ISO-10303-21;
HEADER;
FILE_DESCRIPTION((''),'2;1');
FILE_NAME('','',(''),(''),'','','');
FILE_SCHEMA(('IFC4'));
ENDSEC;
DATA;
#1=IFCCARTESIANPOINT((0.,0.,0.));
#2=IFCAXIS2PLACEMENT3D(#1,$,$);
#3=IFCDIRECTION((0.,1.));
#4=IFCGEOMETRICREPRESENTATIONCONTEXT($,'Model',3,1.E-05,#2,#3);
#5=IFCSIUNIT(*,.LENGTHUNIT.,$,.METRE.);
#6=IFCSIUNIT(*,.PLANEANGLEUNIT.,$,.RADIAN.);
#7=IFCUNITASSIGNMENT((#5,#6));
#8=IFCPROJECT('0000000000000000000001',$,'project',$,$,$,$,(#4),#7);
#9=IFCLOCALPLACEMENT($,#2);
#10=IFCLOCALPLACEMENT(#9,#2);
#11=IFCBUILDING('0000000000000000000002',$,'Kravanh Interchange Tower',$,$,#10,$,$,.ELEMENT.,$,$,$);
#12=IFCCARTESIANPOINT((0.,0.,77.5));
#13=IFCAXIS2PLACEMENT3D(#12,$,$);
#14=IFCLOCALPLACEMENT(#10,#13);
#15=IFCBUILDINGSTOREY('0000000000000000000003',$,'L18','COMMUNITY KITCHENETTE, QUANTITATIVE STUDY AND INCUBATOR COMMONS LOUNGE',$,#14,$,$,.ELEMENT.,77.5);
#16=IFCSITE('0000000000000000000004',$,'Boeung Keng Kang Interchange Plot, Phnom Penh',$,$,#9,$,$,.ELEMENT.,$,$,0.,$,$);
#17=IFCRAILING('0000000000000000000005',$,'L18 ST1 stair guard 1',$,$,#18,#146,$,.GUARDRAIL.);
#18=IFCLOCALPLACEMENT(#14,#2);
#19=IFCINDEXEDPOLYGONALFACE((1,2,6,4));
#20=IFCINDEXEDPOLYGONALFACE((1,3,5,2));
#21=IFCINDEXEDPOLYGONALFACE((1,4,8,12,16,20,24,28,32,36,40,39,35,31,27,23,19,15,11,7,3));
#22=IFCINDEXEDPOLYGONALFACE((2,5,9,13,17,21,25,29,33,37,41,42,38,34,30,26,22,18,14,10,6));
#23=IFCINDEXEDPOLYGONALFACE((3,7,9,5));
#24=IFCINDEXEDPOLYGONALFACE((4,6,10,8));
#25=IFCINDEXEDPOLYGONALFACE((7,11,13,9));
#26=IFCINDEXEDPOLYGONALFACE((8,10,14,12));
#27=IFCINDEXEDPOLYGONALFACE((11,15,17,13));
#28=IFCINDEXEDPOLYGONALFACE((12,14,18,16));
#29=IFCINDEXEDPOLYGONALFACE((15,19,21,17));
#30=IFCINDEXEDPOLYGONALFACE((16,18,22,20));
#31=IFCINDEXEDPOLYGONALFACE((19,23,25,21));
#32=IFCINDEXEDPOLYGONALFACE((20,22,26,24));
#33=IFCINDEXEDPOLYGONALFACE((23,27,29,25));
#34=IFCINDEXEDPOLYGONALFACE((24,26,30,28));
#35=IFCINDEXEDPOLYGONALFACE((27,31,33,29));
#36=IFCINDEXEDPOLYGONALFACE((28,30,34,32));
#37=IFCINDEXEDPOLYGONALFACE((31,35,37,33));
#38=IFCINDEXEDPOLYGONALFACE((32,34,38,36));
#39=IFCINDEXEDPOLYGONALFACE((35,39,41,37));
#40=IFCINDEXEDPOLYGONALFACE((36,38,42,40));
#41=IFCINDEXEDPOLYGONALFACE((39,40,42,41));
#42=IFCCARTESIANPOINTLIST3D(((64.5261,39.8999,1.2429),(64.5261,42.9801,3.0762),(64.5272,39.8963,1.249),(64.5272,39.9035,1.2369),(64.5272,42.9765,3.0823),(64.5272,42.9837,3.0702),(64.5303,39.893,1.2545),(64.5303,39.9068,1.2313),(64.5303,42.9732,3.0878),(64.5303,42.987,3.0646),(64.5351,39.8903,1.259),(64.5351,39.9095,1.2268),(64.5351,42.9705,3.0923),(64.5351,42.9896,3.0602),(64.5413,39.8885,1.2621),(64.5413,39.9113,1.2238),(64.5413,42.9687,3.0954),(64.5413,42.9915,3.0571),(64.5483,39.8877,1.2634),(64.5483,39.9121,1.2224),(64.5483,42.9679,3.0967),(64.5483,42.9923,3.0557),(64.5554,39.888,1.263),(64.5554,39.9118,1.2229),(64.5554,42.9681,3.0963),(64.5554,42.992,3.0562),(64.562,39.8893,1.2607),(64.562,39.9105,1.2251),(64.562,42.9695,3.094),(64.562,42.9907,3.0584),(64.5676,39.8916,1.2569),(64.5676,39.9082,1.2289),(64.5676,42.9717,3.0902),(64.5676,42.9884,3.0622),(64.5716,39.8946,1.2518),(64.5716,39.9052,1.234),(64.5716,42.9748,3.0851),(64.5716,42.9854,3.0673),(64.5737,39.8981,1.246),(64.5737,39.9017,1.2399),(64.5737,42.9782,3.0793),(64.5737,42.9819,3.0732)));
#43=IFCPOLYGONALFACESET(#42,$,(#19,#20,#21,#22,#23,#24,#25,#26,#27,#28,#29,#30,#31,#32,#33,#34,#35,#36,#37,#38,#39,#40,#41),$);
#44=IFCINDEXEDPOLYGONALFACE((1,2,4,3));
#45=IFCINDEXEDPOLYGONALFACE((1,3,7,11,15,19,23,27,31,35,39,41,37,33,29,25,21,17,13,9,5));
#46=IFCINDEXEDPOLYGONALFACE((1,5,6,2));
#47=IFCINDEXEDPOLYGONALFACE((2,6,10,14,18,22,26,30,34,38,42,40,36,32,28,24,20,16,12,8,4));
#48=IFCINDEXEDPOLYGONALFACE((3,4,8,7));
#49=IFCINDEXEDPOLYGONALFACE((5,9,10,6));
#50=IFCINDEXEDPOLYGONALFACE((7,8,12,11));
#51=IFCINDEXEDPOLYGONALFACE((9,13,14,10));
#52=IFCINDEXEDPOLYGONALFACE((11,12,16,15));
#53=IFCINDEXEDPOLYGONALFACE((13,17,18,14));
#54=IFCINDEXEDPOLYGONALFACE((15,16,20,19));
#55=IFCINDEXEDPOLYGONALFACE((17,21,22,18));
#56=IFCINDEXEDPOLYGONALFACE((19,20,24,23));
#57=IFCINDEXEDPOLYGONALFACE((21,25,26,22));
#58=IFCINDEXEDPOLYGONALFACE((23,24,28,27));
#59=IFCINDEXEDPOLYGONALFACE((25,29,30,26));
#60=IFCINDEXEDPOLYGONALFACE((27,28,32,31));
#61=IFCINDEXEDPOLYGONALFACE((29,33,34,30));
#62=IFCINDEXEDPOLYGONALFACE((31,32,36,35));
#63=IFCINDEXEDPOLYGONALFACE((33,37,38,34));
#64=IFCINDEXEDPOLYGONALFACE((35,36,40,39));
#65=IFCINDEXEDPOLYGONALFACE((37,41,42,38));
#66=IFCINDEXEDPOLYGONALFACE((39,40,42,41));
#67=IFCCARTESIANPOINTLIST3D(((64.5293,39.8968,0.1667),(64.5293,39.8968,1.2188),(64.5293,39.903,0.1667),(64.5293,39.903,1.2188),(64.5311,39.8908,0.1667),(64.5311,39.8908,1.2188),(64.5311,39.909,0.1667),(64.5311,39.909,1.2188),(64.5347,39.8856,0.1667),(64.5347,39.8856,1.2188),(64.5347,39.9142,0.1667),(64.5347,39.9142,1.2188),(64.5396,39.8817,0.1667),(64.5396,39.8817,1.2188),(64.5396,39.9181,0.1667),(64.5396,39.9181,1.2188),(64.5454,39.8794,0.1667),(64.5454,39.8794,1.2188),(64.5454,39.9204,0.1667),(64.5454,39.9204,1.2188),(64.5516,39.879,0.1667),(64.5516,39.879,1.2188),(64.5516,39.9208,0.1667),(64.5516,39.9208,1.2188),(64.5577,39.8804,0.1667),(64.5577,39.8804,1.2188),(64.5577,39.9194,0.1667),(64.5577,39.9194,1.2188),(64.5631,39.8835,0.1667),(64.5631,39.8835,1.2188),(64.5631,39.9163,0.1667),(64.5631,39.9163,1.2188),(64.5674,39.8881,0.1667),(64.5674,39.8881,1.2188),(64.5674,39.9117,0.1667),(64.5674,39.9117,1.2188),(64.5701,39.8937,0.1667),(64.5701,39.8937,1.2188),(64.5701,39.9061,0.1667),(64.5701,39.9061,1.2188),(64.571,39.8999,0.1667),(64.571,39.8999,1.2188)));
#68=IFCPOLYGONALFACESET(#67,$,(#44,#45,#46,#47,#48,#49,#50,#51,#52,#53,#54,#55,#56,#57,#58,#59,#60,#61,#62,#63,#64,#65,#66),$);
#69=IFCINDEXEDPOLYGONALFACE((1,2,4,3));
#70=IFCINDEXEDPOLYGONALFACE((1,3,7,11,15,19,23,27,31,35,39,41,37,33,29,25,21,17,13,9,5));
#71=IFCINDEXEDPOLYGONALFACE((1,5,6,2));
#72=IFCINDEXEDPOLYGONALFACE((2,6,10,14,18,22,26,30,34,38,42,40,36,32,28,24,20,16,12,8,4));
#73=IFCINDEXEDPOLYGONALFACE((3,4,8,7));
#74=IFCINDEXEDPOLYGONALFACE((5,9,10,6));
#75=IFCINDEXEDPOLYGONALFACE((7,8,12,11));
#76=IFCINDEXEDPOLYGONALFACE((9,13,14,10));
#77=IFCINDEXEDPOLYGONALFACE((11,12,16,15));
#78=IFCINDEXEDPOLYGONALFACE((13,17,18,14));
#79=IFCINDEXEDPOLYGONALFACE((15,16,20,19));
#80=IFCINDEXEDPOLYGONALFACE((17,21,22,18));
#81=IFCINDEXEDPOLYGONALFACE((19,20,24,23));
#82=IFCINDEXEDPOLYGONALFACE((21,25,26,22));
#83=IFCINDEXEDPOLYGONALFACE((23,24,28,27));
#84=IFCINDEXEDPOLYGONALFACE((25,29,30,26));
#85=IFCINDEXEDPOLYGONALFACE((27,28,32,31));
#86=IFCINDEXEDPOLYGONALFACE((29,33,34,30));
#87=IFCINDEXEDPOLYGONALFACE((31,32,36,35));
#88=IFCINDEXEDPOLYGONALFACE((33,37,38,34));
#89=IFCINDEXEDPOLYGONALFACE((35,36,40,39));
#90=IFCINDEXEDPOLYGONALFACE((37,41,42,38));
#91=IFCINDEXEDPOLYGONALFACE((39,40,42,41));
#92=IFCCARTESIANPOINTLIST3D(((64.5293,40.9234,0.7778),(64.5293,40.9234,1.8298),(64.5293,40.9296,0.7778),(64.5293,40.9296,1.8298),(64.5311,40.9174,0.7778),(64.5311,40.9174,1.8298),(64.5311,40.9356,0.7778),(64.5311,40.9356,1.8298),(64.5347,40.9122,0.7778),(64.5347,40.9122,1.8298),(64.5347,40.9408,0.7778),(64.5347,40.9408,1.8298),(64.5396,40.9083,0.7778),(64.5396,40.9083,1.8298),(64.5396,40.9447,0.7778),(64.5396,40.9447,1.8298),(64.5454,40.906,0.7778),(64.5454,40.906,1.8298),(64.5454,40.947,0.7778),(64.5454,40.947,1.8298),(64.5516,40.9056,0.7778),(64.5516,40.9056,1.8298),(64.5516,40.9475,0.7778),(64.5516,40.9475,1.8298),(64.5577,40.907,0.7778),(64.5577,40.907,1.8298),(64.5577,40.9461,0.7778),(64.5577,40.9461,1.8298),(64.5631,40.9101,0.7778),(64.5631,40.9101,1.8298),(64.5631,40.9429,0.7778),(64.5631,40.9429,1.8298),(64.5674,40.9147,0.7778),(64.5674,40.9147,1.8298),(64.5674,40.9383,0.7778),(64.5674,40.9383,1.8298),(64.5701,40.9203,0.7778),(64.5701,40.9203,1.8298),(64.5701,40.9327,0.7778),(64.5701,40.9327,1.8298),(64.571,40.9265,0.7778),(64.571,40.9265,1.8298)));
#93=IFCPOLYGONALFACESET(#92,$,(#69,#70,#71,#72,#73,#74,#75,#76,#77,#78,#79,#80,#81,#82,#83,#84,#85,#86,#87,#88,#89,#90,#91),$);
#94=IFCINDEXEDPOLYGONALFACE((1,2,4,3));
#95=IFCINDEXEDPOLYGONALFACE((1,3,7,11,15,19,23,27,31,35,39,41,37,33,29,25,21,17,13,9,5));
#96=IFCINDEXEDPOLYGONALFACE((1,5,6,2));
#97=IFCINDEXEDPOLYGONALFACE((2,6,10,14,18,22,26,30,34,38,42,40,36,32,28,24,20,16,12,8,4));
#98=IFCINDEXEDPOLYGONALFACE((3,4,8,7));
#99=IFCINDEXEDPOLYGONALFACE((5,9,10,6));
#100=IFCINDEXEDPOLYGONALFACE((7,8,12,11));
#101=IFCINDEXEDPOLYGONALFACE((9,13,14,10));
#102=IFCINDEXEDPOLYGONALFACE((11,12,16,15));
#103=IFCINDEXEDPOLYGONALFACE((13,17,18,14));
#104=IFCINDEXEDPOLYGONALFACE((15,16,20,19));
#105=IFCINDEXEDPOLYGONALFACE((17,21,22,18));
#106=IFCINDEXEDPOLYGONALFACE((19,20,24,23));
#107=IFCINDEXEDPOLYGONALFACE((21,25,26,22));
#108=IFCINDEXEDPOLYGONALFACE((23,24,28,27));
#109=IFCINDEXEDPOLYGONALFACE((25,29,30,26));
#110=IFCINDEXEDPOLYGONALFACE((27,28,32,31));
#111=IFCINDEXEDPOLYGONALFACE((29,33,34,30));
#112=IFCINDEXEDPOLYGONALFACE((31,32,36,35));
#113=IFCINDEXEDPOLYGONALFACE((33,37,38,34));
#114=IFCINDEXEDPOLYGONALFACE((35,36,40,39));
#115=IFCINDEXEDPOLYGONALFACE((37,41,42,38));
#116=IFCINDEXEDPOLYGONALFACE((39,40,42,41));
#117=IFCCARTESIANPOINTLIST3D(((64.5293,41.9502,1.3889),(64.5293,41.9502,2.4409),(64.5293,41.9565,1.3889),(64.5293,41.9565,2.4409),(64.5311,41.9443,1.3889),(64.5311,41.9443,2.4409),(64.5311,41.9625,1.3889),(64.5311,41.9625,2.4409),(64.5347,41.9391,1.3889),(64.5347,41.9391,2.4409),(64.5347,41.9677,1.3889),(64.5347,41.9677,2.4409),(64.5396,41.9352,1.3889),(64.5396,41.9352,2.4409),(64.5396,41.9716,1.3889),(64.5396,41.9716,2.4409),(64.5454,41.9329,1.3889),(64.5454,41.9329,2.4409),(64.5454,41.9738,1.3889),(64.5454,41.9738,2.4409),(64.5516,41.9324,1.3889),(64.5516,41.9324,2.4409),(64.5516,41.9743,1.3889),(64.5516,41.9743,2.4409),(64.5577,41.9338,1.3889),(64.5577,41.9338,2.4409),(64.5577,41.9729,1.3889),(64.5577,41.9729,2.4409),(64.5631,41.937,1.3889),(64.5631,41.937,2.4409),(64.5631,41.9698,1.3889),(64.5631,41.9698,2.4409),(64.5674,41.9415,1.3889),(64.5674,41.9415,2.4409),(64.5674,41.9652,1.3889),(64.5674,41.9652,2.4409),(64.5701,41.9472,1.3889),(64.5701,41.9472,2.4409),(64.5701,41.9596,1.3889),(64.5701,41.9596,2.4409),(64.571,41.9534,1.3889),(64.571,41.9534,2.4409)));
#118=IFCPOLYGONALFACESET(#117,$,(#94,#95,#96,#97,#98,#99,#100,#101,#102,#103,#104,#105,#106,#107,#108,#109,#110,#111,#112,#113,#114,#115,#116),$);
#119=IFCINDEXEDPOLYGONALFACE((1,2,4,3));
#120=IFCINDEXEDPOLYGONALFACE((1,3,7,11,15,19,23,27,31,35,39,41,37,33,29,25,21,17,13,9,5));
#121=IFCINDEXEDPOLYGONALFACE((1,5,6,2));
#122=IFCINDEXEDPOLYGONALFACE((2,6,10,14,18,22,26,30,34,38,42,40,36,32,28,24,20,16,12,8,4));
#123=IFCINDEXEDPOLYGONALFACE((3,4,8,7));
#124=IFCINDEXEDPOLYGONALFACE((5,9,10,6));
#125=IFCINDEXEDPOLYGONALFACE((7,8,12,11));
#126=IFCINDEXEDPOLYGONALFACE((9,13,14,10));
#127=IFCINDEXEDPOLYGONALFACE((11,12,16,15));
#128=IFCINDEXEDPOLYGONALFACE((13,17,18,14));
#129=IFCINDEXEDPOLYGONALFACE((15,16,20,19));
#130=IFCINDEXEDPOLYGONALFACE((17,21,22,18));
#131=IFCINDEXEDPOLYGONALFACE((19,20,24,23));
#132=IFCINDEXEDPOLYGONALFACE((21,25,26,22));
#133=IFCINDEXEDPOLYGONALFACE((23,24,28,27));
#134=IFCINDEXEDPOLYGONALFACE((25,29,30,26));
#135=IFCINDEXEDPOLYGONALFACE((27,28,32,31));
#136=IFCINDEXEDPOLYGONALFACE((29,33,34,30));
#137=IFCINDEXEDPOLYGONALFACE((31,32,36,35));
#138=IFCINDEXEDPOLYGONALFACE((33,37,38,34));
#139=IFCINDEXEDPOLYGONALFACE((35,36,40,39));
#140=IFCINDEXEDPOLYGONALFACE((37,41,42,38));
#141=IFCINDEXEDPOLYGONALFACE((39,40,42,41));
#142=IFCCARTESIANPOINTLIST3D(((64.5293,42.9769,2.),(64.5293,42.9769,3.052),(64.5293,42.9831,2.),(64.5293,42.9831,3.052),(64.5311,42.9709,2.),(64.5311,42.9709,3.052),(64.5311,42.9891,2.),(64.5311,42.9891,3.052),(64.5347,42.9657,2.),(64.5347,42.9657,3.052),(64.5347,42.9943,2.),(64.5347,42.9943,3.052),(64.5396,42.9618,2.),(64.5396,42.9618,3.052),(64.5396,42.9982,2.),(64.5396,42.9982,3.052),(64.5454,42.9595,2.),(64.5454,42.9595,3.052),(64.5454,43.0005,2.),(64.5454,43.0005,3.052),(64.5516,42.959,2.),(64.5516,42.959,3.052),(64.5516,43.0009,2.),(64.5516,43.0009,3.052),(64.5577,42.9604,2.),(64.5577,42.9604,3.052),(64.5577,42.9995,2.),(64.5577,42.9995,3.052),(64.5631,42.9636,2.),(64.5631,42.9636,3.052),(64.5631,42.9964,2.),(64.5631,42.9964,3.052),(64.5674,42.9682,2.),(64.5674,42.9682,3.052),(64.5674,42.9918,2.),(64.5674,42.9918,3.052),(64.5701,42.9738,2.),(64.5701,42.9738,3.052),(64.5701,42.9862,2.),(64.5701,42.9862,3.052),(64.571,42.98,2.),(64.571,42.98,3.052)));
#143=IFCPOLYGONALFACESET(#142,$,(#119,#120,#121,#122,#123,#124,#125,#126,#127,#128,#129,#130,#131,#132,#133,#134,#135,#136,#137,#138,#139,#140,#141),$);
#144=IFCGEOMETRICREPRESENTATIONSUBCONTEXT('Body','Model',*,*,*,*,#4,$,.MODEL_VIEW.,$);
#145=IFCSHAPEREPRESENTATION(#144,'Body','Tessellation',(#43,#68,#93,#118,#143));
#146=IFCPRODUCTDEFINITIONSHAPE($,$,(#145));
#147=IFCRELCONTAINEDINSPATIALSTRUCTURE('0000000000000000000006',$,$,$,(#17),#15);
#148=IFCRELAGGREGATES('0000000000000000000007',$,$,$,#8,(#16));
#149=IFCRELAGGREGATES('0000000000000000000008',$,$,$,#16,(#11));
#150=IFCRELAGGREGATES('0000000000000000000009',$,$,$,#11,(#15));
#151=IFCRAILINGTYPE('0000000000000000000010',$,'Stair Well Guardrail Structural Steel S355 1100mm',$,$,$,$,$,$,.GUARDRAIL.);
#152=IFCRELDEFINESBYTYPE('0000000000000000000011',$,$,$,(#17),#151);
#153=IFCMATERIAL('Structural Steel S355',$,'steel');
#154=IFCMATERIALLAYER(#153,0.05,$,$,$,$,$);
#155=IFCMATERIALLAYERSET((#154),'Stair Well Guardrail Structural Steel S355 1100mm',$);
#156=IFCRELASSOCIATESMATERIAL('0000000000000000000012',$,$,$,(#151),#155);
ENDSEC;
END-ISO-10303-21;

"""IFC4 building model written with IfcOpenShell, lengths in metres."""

from ifc_helpers import new_model, si_unit, direction, frame, origin, origin_2d, place, context, subcontext, project, spatial, circle, extrude, material, layer, layer_set, type_object, element, save


model = new_model("IFC4")

# Units and contexts
model_context = context("Model", 3, precision=1e-05, world=origin(), true_north=direction((0.0, 1.0)))
body_context = subcontext(model_context, "Body", "Model", "MODEL_VIEW")
ifc_project = project(units=[si_unit("LENGTHUNIT", "METRE"), si_unit("PLANEANGLEUNIT", "RADIAN")], contexts=[model_context])

# Site, building, storey
site_placement = place(None, origin())
site = spatial("IfcSite", under=ifc_project, at=site_placement, Name="Boeung Keng Kang Interchange Plot, Phnom Penh", CompositionType="ELEMENT", RefElevation=0.0)
building_placement = place(site_placement, origin())
building = spatial("IfcBuilding", under=site, at=building_placement, Name="Kravanh Interchange Tower", CompositionType="ELEMENT")
storey_placement = place(building_placement, frame((0.0, 0.0, 77.5)))
storey = spatial("IfcBuildingStorey", under=building, at=storey_placement, Name="L18", Description="COMMUNITY KITCHENETTE, QUANTITATIVE STUDY AND INCUBATOR COMMONS LOUNGE", CompositionType="ELEMENT", Elevation=77.5)

# Railing
ifc_material_1 = material(Name="Structural Steel S355", Category="steel")
ifc_layer_1 = layer(ifc_material_1, 0.05)
ifc_layer_set_1 = layer_set([ifc_layer_1], Name="Stair Well Guardrail Structural Steel S355 1100mm")
railing_type_1 = type_object("IfcRailingType", Name="Stair Well Guardrail Structural Steel S355 1100mm", PredefinedType="GUARDRAIL", material=ifc_layer_set_1)
railing_1_placement = place(storey_placement, frame((64.55, 39.8999, 0.1667)))
element("IfcRailing", 1, at=railing_1_placement, inside=storey, type_object=railing_type_1, Name="L18 ST1 stair guard 1", PredefinedType="GUARDRAIL", context=body_context, shape_type="SweptSolid", body=[
    extrude(circle(Radius=0.0239, at=origin_2d()), frame((0.0, 0.0, 1.0762), z_axis=(0.0, 0.859309, 0.511458), x_axis=(-1.0, 0.0, 0.0)), (0.0, 0.0, 1.0), 3.5845),
    extrude(circle(Radius=0.021, at=origin_2d()), origin(), (0.0, 0.0, 1.0), 1.052),
    extrude(circle(Radius=0.021, at=origin_2d()), frame((0.0, 1.0266, 0.6111)), (0.0, 0.0, 1.0), 1.052),
    extrude(circle(Radius=0.021, at=origin_2d()), frame((0.0, 2.0535, 1.2222)), (0.0, 0.0, 1.0), 1.052),
    extrude(circle(Radius=0.021, at=origin_2d()), frame((0.0, 3.0801, 1.8333)), (0.0, 0.0, 1.0), 1.052),
])

save(model, "model.ifc")
